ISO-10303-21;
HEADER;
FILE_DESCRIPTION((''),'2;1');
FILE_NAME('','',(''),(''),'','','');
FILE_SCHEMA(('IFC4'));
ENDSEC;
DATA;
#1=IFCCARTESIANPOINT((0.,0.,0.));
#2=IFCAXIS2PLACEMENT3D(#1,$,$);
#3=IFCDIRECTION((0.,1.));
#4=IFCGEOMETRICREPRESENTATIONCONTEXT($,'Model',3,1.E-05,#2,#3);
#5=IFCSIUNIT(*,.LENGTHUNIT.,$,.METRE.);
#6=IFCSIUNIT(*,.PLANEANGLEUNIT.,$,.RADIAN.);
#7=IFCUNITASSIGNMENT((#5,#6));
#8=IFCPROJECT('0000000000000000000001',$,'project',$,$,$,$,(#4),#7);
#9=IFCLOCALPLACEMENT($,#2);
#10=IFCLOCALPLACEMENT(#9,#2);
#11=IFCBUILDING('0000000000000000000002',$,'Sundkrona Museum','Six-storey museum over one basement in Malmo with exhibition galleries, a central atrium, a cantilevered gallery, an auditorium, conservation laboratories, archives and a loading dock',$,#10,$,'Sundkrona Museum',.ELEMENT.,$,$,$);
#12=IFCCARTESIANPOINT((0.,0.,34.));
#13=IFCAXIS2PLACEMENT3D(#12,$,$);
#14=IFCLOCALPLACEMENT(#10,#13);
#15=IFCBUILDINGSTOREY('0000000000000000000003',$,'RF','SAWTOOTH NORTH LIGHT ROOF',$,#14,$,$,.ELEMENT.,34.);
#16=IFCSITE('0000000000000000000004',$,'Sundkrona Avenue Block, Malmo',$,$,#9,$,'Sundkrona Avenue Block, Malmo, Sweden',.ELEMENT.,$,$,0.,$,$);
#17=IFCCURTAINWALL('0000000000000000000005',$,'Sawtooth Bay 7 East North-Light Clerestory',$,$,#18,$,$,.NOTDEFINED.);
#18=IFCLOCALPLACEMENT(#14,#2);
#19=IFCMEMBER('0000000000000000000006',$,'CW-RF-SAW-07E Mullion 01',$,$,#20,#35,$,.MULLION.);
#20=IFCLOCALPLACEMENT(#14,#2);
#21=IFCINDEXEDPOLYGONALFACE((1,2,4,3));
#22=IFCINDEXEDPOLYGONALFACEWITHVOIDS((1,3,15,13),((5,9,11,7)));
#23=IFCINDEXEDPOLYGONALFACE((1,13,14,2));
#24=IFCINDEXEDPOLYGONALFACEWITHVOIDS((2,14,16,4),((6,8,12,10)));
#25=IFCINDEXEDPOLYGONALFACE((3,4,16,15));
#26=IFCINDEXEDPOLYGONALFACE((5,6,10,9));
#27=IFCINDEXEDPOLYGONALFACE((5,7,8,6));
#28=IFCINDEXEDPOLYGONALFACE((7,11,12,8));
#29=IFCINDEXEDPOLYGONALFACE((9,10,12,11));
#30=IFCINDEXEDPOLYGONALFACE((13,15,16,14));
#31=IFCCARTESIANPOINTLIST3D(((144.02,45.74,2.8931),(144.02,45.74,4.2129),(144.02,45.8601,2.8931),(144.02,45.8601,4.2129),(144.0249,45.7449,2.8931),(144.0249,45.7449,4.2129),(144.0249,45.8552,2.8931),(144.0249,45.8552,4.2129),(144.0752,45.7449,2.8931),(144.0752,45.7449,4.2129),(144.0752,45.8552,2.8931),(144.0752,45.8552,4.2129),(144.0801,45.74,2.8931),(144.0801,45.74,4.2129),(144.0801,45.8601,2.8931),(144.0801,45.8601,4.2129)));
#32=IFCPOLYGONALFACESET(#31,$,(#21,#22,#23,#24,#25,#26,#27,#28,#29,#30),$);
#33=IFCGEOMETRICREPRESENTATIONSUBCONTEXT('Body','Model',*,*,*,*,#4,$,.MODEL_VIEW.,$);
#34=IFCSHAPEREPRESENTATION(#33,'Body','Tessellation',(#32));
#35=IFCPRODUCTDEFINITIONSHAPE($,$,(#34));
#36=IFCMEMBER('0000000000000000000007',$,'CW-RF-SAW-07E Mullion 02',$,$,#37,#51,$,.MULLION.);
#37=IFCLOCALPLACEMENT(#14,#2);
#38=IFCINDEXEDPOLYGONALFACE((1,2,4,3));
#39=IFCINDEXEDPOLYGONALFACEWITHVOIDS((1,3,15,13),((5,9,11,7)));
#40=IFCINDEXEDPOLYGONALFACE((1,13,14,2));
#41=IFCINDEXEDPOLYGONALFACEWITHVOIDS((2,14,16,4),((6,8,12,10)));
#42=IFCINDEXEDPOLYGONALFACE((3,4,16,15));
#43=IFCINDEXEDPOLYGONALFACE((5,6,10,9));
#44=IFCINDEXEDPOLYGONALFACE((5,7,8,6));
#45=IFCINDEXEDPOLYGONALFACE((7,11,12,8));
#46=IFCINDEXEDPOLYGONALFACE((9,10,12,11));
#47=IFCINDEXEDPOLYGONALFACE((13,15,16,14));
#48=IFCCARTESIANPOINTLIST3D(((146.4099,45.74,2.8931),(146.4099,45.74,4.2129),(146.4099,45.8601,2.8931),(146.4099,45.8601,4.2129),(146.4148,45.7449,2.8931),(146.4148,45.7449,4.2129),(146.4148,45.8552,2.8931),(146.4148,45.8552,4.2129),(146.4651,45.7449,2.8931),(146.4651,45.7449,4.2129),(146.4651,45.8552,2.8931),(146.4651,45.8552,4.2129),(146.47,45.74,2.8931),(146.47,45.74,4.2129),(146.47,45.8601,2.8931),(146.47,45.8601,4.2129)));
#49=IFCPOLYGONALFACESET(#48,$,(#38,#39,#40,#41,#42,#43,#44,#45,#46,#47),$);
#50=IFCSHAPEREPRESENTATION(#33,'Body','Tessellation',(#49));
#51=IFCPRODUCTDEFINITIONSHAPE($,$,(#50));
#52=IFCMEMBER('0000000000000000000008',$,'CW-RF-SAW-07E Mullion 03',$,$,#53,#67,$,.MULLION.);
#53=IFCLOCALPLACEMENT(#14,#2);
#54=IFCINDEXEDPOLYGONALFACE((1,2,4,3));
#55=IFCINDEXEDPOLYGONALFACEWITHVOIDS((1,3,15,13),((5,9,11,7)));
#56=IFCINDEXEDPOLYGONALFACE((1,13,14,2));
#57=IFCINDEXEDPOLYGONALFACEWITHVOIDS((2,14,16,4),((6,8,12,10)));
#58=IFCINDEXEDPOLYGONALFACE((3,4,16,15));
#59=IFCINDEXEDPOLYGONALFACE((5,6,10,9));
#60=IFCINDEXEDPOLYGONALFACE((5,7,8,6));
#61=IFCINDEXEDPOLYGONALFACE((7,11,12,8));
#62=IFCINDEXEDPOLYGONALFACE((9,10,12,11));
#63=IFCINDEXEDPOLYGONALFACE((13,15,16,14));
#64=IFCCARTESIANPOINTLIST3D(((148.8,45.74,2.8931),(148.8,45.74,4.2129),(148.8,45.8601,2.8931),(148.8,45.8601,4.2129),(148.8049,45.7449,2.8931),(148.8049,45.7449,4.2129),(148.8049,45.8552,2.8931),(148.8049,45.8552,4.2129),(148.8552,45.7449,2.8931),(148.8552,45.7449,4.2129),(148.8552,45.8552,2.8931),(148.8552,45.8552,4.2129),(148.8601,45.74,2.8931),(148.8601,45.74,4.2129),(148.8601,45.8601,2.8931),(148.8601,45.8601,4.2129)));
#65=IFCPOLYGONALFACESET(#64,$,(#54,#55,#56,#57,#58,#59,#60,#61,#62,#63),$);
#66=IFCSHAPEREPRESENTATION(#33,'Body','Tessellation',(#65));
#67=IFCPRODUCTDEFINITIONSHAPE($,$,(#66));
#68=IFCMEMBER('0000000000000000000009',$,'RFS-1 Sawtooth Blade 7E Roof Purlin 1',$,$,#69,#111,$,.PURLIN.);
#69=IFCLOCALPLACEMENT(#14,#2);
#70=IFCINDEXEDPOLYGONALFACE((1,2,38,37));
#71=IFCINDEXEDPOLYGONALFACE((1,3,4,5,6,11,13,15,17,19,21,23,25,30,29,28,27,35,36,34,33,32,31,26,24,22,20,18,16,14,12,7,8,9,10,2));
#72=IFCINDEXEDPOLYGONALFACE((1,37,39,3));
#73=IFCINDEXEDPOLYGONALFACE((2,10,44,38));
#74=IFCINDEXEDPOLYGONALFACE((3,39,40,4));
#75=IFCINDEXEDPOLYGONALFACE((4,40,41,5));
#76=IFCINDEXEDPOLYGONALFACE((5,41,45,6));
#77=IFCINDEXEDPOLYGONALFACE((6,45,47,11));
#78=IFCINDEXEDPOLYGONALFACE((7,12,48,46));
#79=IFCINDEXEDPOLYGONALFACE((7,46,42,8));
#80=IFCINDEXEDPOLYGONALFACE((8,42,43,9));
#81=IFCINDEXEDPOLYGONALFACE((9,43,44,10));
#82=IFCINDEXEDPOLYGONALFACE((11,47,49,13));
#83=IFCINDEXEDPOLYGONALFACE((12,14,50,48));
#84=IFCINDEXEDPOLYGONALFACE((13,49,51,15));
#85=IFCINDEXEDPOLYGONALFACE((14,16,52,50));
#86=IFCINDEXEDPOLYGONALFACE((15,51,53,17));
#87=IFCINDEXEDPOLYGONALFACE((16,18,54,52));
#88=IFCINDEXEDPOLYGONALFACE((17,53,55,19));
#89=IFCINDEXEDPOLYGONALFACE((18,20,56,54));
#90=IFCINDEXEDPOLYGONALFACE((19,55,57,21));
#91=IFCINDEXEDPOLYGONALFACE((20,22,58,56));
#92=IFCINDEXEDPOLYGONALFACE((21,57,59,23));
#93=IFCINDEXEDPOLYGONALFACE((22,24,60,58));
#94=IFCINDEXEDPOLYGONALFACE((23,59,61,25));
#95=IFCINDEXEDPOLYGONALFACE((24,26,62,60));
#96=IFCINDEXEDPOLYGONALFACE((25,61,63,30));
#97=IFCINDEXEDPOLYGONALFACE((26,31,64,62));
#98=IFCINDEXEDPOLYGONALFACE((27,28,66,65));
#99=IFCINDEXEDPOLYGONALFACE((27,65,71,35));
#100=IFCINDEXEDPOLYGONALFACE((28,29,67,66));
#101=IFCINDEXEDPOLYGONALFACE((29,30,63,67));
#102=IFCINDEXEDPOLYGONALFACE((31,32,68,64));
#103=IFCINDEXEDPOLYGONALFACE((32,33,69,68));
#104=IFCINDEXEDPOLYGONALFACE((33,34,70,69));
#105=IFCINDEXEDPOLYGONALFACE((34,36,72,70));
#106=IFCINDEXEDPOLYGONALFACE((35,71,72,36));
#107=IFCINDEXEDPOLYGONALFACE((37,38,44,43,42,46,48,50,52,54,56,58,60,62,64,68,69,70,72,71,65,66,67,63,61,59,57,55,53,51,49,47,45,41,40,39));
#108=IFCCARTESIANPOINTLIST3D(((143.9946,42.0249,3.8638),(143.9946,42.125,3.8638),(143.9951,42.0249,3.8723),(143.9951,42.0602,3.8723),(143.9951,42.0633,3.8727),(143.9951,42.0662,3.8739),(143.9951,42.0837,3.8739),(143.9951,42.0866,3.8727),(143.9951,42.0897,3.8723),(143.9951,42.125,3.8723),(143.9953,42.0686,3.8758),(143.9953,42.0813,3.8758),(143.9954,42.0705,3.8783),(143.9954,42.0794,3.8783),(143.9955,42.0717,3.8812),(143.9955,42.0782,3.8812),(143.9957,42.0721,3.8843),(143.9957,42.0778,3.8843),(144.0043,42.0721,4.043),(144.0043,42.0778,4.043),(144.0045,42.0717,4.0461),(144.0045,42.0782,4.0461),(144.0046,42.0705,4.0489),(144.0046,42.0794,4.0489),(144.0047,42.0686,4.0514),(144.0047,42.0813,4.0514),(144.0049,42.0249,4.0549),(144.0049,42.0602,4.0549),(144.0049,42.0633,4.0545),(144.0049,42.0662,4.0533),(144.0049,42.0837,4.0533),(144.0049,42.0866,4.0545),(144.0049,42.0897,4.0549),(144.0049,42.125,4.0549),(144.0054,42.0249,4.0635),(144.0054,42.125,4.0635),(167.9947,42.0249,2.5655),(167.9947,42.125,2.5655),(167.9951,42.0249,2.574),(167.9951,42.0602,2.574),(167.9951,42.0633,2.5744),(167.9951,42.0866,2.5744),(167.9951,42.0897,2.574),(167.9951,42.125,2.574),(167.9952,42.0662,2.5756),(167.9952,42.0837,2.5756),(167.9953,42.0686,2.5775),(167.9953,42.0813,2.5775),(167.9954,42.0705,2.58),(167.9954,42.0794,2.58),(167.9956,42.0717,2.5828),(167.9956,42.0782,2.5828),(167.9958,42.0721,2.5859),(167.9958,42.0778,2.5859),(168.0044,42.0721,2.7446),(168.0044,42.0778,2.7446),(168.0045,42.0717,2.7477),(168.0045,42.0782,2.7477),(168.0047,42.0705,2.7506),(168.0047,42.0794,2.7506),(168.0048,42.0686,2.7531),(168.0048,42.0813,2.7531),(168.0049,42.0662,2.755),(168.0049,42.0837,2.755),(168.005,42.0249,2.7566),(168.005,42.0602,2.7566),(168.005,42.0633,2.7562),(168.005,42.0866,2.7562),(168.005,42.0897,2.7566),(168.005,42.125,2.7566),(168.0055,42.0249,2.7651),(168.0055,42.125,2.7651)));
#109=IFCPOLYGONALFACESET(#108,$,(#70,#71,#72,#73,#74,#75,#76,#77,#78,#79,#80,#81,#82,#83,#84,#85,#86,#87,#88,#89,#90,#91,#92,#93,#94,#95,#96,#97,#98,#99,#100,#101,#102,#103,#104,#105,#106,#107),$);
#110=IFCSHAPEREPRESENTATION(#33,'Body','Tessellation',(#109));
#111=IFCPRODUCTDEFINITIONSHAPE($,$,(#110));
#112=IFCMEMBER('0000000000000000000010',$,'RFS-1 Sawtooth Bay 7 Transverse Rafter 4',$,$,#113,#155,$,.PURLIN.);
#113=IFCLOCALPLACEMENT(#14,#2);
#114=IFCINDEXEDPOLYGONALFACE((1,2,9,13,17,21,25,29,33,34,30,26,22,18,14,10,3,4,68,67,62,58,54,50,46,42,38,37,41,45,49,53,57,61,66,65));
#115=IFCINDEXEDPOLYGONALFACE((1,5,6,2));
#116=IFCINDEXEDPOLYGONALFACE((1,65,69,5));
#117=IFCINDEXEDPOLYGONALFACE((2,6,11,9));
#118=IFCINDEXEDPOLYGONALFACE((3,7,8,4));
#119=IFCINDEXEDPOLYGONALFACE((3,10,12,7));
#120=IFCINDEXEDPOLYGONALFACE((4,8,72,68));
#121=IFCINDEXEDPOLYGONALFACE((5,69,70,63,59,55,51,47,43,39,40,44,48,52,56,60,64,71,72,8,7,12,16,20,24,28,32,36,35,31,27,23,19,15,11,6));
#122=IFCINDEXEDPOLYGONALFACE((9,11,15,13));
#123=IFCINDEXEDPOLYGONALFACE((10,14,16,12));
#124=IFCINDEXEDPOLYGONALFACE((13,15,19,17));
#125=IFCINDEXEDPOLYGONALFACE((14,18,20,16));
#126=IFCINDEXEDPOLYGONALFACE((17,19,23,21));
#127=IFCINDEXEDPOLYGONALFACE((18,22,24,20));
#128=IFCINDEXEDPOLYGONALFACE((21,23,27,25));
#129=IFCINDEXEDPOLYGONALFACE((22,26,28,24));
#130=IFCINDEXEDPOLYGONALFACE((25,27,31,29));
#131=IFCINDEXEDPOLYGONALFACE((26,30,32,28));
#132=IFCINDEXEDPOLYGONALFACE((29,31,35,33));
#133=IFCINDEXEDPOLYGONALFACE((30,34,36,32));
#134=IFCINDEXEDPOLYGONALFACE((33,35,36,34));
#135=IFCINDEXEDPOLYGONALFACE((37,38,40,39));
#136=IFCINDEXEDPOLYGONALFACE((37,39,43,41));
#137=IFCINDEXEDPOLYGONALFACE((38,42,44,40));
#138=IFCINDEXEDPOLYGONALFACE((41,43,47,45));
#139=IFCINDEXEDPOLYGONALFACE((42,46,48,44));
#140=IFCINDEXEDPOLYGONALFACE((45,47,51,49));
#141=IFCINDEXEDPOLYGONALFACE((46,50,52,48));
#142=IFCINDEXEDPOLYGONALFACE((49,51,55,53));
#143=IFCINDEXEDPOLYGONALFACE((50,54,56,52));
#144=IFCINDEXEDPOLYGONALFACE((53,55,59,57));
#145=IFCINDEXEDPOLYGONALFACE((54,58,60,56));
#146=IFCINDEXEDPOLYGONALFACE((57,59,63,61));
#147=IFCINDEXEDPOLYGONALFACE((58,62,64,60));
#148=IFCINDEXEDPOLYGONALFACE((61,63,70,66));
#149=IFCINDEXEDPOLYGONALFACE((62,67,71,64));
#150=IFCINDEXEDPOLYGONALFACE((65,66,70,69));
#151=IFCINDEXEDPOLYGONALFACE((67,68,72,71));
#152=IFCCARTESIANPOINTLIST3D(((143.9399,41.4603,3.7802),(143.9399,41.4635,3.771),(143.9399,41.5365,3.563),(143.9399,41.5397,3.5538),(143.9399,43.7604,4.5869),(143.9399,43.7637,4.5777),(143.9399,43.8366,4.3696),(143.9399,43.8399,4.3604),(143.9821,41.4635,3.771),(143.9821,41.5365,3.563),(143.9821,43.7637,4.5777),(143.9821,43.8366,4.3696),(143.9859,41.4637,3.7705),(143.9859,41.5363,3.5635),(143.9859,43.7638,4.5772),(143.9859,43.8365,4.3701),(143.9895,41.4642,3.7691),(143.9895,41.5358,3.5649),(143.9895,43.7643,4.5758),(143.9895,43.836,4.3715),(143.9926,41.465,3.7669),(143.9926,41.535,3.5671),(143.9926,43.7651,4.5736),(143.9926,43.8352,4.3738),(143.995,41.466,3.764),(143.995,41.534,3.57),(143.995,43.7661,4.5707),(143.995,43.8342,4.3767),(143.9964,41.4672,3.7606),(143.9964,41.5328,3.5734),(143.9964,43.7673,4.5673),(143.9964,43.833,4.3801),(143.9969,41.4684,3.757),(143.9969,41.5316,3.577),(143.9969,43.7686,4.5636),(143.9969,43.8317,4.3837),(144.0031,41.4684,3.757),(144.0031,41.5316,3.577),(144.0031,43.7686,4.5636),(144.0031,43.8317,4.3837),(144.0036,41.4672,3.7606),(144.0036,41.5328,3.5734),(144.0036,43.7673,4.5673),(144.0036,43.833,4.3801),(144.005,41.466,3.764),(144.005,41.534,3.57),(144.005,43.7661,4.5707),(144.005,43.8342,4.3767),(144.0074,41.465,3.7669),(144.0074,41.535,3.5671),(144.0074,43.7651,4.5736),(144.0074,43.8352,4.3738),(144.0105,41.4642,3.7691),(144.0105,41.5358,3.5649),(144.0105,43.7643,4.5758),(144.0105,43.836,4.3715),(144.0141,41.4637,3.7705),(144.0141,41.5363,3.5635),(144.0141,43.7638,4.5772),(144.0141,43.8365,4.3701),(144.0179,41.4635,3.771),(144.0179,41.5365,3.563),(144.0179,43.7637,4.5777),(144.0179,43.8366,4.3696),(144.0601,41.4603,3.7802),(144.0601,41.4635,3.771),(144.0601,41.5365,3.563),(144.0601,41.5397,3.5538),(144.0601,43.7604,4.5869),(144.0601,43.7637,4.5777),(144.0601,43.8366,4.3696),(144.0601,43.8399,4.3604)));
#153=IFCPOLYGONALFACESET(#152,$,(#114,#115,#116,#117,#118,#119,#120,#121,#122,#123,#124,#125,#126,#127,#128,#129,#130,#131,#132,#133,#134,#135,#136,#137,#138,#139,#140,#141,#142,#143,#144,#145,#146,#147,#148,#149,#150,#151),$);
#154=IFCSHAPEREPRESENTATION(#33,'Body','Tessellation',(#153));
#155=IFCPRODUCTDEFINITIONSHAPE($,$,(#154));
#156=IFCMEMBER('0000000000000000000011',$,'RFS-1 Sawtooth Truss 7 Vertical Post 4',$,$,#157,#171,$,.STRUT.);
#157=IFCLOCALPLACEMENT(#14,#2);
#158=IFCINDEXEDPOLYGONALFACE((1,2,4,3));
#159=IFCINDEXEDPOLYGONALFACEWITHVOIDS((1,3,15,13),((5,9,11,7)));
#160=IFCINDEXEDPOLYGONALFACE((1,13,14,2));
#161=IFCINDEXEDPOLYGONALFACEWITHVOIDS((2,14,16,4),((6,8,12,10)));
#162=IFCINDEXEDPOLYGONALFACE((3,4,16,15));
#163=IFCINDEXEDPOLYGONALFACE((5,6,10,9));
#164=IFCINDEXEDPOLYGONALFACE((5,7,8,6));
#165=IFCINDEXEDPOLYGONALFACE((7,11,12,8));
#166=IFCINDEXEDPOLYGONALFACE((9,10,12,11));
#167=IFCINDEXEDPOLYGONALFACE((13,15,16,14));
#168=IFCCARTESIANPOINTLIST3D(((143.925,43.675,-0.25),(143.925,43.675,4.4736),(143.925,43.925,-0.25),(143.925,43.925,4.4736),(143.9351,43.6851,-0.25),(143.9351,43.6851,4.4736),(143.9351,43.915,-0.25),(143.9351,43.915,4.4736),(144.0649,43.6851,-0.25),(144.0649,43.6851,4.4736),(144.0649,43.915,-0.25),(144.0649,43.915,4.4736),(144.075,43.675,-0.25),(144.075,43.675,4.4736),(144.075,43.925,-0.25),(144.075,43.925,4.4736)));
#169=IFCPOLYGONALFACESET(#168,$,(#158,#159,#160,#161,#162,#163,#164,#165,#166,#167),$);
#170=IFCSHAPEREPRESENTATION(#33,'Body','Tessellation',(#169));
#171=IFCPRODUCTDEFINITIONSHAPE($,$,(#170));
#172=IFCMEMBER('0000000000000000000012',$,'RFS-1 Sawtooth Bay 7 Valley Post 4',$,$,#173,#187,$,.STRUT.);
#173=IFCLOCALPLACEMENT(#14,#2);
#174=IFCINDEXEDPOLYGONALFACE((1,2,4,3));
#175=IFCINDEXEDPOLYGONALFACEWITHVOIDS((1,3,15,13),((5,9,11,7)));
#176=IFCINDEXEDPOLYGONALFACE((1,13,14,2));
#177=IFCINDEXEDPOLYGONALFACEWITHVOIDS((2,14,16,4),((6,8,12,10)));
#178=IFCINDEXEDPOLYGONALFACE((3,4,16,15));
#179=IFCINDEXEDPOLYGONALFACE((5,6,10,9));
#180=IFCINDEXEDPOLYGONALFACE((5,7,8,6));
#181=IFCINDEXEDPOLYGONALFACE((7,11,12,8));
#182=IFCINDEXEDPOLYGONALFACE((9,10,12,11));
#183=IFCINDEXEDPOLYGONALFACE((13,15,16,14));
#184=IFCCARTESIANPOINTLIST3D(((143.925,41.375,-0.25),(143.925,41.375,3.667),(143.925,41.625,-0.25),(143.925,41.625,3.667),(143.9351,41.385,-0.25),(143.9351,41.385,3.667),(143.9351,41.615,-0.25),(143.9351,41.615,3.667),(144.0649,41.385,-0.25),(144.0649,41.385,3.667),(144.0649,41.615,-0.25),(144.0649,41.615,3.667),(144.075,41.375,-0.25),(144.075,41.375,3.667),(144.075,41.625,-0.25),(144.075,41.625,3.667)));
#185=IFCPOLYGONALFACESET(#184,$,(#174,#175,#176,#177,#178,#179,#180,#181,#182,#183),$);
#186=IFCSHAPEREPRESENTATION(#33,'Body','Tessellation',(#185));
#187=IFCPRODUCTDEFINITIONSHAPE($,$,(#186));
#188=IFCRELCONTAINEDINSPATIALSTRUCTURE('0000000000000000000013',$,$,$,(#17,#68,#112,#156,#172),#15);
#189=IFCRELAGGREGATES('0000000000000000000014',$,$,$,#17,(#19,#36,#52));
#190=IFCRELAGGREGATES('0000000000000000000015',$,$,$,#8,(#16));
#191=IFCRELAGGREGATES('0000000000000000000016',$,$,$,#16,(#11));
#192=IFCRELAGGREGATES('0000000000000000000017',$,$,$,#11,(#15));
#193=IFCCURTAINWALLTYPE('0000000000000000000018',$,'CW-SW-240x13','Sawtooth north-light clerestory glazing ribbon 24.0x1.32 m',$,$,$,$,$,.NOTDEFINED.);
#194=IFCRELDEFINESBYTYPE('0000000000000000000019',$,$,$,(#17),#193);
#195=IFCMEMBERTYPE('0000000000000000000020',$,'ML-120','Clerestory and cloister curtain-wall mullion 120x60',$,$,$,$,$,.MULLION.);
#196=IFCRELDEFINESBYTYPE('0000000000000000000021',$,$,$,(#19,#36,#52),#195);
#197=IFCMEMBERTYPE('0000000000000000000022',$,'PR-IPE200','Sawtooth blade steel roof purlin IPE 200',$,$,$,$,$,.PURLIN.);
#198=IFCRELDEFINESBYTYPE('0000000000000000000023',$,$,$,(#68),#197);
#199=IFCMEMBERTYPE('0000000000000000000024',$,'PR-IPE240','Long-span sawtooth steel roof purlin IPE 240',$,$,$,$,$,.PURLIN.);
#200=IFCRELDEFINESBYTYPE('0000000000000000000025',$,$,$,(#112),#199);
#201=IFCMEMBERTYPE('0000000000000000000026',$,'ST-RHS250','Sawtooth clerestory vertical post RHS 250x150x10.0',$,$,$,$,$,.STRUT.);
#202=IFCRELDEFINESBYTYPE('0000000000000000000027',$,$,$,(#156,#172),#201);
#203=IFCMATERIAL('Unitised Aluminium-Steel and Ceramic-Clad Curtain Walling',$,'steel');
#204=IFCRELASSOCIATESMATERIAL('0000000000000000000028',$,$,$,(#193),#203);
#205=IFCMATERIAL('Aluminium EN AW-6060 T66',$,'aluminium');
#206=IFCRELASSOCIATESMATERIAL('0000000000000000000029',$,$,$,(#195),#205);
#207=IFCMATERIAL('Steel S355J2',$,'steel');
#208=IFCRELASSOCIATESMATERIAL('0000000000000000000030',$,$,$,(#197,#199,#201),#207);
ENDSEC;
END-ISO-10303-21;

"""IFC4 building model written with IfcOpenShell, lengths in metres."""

from ifc_helpers import new_model, si_unit, direction, frame, origin, origin_2d, place, context, subcontext, project, spatial, hollow_rectangle, i_section, extrude, material, material_profile, profile_set, type_object, element, aggregate, save


model = new_model("IFC4")

# Units and contexts
model_context = context("Model", 3, precision=1e-05, world=origin(), true_north=direction((0.0, 1.0)))
body_context = subcontext(model_context, "Body", "Model", "MODEL_VIEW")
ifc_project = project(units=[si_unit("LENGTHUNIT", "METRE"), si_unit("PLANEANGLEUNIT", "RADIAN")], contexts=[model_context])

# Site, building, storey
site_placement = place(None, origin())
site = spatial("IfcSite", under=ifc_project, at=site_placement, Name="Sundkrona Avenue Block, Malmo", LongName="Sundkrona Avenue Block, Malmo, Sweden", CompositionType="ELEMENT", RefElevation=0.0)
building_placement = place(site_placement, origin())
building = spatial("IfcBuilding", under=site, at=building_placement, Name="Sundkrona Museum", Description="Six-storey museum over one basement in Malmo with exhibition galleries, a central atrium, a cantilevered gallery, an auditorium, conservation laboratories, archives and a loading dock", LongName="Sundkrona Museum", CompositionType="ELEMENT")
storey_placement = place(building_placement, frame((0.0, 0.0, 34.0)))
storey = spatial("IfcBuildingStorey", under=building, at=storey_placement, Name="RF", Description="SAWTOOTH NORTH LIGHT ROOF", CompositionType="ELEMENT", Elevation=34.0)

# Curtain wall, members
ifc_material_1 = material(Name="Unitised Aluminium-Steel and Ceramic-Clad Curtain Walling", Category="steel")
curtain_wall_type = type_object("IfcCurtainWallType", Name="CW-SW-240x13", Description="Sawtooth north-light clerestory glazing ribbon 24.0x1.32 m", PredefinedType="NOTDEFINED", material=ifc_material_1)
curtain_wall_placement = place(storey_placement, origin())
curtain_wall = element("IfcCurtainWall", 1, at=curtain_wall_placement, inside=storey, type_object=curtain_wall_type, Name="Sawtooth Bay 7 East North-Light Clerestory", PredefinedType="NOTDEFINED")
ifc_material_2 = material(Name="Aluminium EN AW-6060 T66", Category="aluminium")
ifc_material_profile_1 = material_profile(ifc_material_2, hollow_rectangle(XDim=0.0601, YDim=0.1201, WallThickness=0.0049, at=origin_2d()), Name="RHS 120x60x5.0")
ifc_profile_set_1 = profile_set([ifc_material_profile_1], Name="Aluminium EN AW-6060 T66")
member_type_1 = type_object("IfcMemberType", Name="ML-120", Description="Clerestory and cloister curtain-wall mullion 120x60", PredefinedType="MULLION", material=ifc_profile_set_1)
member_1_placement = place(storey_placement, frame((144.05, 45.8, 2.8931), z_axis=(0.0, 0.0, 1.0), x_axis=(1.0, 0.0, 0.0)))
member_1 = element("IfcMember", 2, at=member_1_placement, type_object=member_type_1, Name="CW-RF-SAW-07E Mullion 01", PredefinedType="MULLION", context=body_context, shape_type="SweptSolid", body=[
    extrude(hollow_rectangle(XDim=0.0601, YDim=0.1201, WallThickness=0.0049, at=origin_2d()), origin(), (0.0, 0.0, 1.0), 1.3198),
])
member_2_placement = place(storey_placement, frame((146.4399, 45.8, 2.8931), z_axis=(0.0, 0.0, 1.0), x_axis=(1.0, 0.0, 0.0)))
member_2 = element("IfcMember", 3, at=member_2_placement, type_object=member_type_1, Name="CW-RF-SAW-07E Mullion 02", PredefinedType="MULLION", context=body_context, shape_type="SweptSolid", body=[
    extrude(hollow_rectangle(XDim=0.0601, YDim=0.1201, WallThickness=0.0049, at=origin_2d()), origin(), (0.0, 0.0, 1.0), 1.3198),
])
member_3_placement = place(storey_placement, frame((148.8301, 45.8, 2.8931), z_axis=(0.0, 0.0, 1.0), x_axis=(1.0, 0.0, 0.0)))
member_3 = element("IfcMember", 4, at=member_3_placement, type_object=member_type_1, Name="CW-RF-SAW-07E Mullion 03", PredefinedType="MULLION", context=body_context, shape_type="SweptSolid", body=[
    extrude(hollow_rectangle(XDim=0.0601, YDim=0.1201, WallThickness=0.0049, at=origin_2d()), origin(), (0.0, 0.0, 1.0), 1.3198),
])

# Members
ifc_material_3 = material(Name="Steel S355J2", Category="steel")
ifc_material_profile_2 = material_profile(ifc_material_3, i_section(OverallWidth=0.1001, OverallDepth=0.2, WebThickness=0.0056, FlangeThickness=0.0085, FilletRadius=0.012, at=origin_2d()), Name="IPE 200")
ifc_profile_set_2 = profile_set([ifc_material_profile_2], Name="Steel S355J2")
member_type_2 = type_object("IfcMemberType", Name="PR-IPE200", Description="Sawtooth blade steel roof purlin IPE 200", PredefinedType="PURLIN", material=ifc_profile_set_2)
member_4_placement = place(storey_placement, frame((144.0, 42.075, 3.9636), z_axis=(0.99854, 0.0, -0.054019), x_axis=(0.0, 1.0, 0.0)))
element("IfcMember", 5, at=member_4_placement, inside=storey, type_object=member_type_2, Name="RFS-1 Sawtooth Blade 7E Roof Purlin 1", PredefinedType="PURLIN", context=body_context, shape_type="SweptSolid", body=[
    extrude(i_section(OverallWidth=0.1001, OverallDepth=0.2, WebThickness=0.0056, FlangeThickness=0.0085, FilletRadius=0.012, at=origin_2d()), origin(), (0.0, 0.0, 1.0), 24.0352),
])
ifc_material_profile_3 = material_profile(ifc_material_3, i_section(OverallWidth=0.1201, OverallDepth=0.24, WebThickness=0.0061, FlangeThickness=0.0098, FilletRadius=0.0149, at=origin_2d()), Name="IPE 240")
ifc_profile_set_3 = profile_set([ifc_material_profile_3], Name="Steel S355J2")
member_type_3 = type_object("IfcMemberType", Name="PR-IPE240", Description="Long-span sawtooth steel roof purlin IPE 240", PredefinedType="PURLIN", material=ifc_profile_set_3)
member_5_placement = place(storey_placement, frame((144.0, 41.5, 3.667), z_axis=(0.0, 0.94365, 0.330944), x_axis=(-1.0, 0.0, 0.0)))
element("IfcMember", 6, at=member_5_placement, inside=storey, type_object=member_type_3, Name="RFS-1 Sawtooth Bay 7 Transverse Rafter 4", PredefinedType="PURLIN", context=body_context, shape_type="SweptSolid", body=[
    extrude(i_section(OverallWidth=0.1201, OverallDepth=0.24, WebThickness=0.0061, FlangeThickness=0.0098, FilletRadius=0.0149, at=origin_2d()), origin(), (0.0, 0.0, 1.0), 2.4375),
])
ifc_material_profile_4 = material_profile(ifc_material_3, hollow_rectangle(XDim=0.1499, YDim=0.25, WallThickness=0.01, at=origin_2d()), Name="RHS 250x150x10.0")
ifc_profile_set_4 = profile_set([ifc_material_profile_4], Name="Steel S355J2")
member_type_4 = type_object("IfcMemberType", Name="ST-RHS250", Description="Sawtooth clerestory vertical post RHS 250x150x10.0", PredefinedType="STRUT", material=ifc_profile_set_4)
member_6_placement = place(storey_placement, frame((144.0, 43.8, -0.25), z_axis=(0.0, 0.0, 1.0), x_axis=(1.0, 0.0, 0.0)))
element("IfcMember", 7, at=member_6_placement, inside=storey, type_object=member_type_4, Name="RFS-1 Sawtooth Truss 7 Vertical Post 4", PredefinedType="STRUT", context=body_context, shape_type="SweptSolid", body=[
    extrude(hollow_rectangle(XDim=0.1499, YDim=0.25, WallThickness=0.01, at=origin_2d()), origin(), (0.0, 0.0, 1.0), 4.7236),
])
member_7_placement = place(storey_placement, frame((144.0, 41.5, -0.25), z_axis=(0.0, 0.0, 1.0), x_axis=(1.0, 0.0, 0.0)))
element("IfcMember", 8, at=member_7_placement, inside=storey, type_object=member_type_4, Name="RFS-1 Sawtooth Bay 7 Valley Post 4", PredefinedType="STRUT", context=body_context, shape_type="SweptSolid", body=[
    extrude(hollow_rectangle(XDim=0.1499, YDim=0.25, WallThickness=0.01, at=origin_2d()), origin(), (0.0, 0.0, 1.0), 3.917),
])

aggregate(curtain_wall, [member_1, member_2, member_3])

save(model, "model.ifc")
